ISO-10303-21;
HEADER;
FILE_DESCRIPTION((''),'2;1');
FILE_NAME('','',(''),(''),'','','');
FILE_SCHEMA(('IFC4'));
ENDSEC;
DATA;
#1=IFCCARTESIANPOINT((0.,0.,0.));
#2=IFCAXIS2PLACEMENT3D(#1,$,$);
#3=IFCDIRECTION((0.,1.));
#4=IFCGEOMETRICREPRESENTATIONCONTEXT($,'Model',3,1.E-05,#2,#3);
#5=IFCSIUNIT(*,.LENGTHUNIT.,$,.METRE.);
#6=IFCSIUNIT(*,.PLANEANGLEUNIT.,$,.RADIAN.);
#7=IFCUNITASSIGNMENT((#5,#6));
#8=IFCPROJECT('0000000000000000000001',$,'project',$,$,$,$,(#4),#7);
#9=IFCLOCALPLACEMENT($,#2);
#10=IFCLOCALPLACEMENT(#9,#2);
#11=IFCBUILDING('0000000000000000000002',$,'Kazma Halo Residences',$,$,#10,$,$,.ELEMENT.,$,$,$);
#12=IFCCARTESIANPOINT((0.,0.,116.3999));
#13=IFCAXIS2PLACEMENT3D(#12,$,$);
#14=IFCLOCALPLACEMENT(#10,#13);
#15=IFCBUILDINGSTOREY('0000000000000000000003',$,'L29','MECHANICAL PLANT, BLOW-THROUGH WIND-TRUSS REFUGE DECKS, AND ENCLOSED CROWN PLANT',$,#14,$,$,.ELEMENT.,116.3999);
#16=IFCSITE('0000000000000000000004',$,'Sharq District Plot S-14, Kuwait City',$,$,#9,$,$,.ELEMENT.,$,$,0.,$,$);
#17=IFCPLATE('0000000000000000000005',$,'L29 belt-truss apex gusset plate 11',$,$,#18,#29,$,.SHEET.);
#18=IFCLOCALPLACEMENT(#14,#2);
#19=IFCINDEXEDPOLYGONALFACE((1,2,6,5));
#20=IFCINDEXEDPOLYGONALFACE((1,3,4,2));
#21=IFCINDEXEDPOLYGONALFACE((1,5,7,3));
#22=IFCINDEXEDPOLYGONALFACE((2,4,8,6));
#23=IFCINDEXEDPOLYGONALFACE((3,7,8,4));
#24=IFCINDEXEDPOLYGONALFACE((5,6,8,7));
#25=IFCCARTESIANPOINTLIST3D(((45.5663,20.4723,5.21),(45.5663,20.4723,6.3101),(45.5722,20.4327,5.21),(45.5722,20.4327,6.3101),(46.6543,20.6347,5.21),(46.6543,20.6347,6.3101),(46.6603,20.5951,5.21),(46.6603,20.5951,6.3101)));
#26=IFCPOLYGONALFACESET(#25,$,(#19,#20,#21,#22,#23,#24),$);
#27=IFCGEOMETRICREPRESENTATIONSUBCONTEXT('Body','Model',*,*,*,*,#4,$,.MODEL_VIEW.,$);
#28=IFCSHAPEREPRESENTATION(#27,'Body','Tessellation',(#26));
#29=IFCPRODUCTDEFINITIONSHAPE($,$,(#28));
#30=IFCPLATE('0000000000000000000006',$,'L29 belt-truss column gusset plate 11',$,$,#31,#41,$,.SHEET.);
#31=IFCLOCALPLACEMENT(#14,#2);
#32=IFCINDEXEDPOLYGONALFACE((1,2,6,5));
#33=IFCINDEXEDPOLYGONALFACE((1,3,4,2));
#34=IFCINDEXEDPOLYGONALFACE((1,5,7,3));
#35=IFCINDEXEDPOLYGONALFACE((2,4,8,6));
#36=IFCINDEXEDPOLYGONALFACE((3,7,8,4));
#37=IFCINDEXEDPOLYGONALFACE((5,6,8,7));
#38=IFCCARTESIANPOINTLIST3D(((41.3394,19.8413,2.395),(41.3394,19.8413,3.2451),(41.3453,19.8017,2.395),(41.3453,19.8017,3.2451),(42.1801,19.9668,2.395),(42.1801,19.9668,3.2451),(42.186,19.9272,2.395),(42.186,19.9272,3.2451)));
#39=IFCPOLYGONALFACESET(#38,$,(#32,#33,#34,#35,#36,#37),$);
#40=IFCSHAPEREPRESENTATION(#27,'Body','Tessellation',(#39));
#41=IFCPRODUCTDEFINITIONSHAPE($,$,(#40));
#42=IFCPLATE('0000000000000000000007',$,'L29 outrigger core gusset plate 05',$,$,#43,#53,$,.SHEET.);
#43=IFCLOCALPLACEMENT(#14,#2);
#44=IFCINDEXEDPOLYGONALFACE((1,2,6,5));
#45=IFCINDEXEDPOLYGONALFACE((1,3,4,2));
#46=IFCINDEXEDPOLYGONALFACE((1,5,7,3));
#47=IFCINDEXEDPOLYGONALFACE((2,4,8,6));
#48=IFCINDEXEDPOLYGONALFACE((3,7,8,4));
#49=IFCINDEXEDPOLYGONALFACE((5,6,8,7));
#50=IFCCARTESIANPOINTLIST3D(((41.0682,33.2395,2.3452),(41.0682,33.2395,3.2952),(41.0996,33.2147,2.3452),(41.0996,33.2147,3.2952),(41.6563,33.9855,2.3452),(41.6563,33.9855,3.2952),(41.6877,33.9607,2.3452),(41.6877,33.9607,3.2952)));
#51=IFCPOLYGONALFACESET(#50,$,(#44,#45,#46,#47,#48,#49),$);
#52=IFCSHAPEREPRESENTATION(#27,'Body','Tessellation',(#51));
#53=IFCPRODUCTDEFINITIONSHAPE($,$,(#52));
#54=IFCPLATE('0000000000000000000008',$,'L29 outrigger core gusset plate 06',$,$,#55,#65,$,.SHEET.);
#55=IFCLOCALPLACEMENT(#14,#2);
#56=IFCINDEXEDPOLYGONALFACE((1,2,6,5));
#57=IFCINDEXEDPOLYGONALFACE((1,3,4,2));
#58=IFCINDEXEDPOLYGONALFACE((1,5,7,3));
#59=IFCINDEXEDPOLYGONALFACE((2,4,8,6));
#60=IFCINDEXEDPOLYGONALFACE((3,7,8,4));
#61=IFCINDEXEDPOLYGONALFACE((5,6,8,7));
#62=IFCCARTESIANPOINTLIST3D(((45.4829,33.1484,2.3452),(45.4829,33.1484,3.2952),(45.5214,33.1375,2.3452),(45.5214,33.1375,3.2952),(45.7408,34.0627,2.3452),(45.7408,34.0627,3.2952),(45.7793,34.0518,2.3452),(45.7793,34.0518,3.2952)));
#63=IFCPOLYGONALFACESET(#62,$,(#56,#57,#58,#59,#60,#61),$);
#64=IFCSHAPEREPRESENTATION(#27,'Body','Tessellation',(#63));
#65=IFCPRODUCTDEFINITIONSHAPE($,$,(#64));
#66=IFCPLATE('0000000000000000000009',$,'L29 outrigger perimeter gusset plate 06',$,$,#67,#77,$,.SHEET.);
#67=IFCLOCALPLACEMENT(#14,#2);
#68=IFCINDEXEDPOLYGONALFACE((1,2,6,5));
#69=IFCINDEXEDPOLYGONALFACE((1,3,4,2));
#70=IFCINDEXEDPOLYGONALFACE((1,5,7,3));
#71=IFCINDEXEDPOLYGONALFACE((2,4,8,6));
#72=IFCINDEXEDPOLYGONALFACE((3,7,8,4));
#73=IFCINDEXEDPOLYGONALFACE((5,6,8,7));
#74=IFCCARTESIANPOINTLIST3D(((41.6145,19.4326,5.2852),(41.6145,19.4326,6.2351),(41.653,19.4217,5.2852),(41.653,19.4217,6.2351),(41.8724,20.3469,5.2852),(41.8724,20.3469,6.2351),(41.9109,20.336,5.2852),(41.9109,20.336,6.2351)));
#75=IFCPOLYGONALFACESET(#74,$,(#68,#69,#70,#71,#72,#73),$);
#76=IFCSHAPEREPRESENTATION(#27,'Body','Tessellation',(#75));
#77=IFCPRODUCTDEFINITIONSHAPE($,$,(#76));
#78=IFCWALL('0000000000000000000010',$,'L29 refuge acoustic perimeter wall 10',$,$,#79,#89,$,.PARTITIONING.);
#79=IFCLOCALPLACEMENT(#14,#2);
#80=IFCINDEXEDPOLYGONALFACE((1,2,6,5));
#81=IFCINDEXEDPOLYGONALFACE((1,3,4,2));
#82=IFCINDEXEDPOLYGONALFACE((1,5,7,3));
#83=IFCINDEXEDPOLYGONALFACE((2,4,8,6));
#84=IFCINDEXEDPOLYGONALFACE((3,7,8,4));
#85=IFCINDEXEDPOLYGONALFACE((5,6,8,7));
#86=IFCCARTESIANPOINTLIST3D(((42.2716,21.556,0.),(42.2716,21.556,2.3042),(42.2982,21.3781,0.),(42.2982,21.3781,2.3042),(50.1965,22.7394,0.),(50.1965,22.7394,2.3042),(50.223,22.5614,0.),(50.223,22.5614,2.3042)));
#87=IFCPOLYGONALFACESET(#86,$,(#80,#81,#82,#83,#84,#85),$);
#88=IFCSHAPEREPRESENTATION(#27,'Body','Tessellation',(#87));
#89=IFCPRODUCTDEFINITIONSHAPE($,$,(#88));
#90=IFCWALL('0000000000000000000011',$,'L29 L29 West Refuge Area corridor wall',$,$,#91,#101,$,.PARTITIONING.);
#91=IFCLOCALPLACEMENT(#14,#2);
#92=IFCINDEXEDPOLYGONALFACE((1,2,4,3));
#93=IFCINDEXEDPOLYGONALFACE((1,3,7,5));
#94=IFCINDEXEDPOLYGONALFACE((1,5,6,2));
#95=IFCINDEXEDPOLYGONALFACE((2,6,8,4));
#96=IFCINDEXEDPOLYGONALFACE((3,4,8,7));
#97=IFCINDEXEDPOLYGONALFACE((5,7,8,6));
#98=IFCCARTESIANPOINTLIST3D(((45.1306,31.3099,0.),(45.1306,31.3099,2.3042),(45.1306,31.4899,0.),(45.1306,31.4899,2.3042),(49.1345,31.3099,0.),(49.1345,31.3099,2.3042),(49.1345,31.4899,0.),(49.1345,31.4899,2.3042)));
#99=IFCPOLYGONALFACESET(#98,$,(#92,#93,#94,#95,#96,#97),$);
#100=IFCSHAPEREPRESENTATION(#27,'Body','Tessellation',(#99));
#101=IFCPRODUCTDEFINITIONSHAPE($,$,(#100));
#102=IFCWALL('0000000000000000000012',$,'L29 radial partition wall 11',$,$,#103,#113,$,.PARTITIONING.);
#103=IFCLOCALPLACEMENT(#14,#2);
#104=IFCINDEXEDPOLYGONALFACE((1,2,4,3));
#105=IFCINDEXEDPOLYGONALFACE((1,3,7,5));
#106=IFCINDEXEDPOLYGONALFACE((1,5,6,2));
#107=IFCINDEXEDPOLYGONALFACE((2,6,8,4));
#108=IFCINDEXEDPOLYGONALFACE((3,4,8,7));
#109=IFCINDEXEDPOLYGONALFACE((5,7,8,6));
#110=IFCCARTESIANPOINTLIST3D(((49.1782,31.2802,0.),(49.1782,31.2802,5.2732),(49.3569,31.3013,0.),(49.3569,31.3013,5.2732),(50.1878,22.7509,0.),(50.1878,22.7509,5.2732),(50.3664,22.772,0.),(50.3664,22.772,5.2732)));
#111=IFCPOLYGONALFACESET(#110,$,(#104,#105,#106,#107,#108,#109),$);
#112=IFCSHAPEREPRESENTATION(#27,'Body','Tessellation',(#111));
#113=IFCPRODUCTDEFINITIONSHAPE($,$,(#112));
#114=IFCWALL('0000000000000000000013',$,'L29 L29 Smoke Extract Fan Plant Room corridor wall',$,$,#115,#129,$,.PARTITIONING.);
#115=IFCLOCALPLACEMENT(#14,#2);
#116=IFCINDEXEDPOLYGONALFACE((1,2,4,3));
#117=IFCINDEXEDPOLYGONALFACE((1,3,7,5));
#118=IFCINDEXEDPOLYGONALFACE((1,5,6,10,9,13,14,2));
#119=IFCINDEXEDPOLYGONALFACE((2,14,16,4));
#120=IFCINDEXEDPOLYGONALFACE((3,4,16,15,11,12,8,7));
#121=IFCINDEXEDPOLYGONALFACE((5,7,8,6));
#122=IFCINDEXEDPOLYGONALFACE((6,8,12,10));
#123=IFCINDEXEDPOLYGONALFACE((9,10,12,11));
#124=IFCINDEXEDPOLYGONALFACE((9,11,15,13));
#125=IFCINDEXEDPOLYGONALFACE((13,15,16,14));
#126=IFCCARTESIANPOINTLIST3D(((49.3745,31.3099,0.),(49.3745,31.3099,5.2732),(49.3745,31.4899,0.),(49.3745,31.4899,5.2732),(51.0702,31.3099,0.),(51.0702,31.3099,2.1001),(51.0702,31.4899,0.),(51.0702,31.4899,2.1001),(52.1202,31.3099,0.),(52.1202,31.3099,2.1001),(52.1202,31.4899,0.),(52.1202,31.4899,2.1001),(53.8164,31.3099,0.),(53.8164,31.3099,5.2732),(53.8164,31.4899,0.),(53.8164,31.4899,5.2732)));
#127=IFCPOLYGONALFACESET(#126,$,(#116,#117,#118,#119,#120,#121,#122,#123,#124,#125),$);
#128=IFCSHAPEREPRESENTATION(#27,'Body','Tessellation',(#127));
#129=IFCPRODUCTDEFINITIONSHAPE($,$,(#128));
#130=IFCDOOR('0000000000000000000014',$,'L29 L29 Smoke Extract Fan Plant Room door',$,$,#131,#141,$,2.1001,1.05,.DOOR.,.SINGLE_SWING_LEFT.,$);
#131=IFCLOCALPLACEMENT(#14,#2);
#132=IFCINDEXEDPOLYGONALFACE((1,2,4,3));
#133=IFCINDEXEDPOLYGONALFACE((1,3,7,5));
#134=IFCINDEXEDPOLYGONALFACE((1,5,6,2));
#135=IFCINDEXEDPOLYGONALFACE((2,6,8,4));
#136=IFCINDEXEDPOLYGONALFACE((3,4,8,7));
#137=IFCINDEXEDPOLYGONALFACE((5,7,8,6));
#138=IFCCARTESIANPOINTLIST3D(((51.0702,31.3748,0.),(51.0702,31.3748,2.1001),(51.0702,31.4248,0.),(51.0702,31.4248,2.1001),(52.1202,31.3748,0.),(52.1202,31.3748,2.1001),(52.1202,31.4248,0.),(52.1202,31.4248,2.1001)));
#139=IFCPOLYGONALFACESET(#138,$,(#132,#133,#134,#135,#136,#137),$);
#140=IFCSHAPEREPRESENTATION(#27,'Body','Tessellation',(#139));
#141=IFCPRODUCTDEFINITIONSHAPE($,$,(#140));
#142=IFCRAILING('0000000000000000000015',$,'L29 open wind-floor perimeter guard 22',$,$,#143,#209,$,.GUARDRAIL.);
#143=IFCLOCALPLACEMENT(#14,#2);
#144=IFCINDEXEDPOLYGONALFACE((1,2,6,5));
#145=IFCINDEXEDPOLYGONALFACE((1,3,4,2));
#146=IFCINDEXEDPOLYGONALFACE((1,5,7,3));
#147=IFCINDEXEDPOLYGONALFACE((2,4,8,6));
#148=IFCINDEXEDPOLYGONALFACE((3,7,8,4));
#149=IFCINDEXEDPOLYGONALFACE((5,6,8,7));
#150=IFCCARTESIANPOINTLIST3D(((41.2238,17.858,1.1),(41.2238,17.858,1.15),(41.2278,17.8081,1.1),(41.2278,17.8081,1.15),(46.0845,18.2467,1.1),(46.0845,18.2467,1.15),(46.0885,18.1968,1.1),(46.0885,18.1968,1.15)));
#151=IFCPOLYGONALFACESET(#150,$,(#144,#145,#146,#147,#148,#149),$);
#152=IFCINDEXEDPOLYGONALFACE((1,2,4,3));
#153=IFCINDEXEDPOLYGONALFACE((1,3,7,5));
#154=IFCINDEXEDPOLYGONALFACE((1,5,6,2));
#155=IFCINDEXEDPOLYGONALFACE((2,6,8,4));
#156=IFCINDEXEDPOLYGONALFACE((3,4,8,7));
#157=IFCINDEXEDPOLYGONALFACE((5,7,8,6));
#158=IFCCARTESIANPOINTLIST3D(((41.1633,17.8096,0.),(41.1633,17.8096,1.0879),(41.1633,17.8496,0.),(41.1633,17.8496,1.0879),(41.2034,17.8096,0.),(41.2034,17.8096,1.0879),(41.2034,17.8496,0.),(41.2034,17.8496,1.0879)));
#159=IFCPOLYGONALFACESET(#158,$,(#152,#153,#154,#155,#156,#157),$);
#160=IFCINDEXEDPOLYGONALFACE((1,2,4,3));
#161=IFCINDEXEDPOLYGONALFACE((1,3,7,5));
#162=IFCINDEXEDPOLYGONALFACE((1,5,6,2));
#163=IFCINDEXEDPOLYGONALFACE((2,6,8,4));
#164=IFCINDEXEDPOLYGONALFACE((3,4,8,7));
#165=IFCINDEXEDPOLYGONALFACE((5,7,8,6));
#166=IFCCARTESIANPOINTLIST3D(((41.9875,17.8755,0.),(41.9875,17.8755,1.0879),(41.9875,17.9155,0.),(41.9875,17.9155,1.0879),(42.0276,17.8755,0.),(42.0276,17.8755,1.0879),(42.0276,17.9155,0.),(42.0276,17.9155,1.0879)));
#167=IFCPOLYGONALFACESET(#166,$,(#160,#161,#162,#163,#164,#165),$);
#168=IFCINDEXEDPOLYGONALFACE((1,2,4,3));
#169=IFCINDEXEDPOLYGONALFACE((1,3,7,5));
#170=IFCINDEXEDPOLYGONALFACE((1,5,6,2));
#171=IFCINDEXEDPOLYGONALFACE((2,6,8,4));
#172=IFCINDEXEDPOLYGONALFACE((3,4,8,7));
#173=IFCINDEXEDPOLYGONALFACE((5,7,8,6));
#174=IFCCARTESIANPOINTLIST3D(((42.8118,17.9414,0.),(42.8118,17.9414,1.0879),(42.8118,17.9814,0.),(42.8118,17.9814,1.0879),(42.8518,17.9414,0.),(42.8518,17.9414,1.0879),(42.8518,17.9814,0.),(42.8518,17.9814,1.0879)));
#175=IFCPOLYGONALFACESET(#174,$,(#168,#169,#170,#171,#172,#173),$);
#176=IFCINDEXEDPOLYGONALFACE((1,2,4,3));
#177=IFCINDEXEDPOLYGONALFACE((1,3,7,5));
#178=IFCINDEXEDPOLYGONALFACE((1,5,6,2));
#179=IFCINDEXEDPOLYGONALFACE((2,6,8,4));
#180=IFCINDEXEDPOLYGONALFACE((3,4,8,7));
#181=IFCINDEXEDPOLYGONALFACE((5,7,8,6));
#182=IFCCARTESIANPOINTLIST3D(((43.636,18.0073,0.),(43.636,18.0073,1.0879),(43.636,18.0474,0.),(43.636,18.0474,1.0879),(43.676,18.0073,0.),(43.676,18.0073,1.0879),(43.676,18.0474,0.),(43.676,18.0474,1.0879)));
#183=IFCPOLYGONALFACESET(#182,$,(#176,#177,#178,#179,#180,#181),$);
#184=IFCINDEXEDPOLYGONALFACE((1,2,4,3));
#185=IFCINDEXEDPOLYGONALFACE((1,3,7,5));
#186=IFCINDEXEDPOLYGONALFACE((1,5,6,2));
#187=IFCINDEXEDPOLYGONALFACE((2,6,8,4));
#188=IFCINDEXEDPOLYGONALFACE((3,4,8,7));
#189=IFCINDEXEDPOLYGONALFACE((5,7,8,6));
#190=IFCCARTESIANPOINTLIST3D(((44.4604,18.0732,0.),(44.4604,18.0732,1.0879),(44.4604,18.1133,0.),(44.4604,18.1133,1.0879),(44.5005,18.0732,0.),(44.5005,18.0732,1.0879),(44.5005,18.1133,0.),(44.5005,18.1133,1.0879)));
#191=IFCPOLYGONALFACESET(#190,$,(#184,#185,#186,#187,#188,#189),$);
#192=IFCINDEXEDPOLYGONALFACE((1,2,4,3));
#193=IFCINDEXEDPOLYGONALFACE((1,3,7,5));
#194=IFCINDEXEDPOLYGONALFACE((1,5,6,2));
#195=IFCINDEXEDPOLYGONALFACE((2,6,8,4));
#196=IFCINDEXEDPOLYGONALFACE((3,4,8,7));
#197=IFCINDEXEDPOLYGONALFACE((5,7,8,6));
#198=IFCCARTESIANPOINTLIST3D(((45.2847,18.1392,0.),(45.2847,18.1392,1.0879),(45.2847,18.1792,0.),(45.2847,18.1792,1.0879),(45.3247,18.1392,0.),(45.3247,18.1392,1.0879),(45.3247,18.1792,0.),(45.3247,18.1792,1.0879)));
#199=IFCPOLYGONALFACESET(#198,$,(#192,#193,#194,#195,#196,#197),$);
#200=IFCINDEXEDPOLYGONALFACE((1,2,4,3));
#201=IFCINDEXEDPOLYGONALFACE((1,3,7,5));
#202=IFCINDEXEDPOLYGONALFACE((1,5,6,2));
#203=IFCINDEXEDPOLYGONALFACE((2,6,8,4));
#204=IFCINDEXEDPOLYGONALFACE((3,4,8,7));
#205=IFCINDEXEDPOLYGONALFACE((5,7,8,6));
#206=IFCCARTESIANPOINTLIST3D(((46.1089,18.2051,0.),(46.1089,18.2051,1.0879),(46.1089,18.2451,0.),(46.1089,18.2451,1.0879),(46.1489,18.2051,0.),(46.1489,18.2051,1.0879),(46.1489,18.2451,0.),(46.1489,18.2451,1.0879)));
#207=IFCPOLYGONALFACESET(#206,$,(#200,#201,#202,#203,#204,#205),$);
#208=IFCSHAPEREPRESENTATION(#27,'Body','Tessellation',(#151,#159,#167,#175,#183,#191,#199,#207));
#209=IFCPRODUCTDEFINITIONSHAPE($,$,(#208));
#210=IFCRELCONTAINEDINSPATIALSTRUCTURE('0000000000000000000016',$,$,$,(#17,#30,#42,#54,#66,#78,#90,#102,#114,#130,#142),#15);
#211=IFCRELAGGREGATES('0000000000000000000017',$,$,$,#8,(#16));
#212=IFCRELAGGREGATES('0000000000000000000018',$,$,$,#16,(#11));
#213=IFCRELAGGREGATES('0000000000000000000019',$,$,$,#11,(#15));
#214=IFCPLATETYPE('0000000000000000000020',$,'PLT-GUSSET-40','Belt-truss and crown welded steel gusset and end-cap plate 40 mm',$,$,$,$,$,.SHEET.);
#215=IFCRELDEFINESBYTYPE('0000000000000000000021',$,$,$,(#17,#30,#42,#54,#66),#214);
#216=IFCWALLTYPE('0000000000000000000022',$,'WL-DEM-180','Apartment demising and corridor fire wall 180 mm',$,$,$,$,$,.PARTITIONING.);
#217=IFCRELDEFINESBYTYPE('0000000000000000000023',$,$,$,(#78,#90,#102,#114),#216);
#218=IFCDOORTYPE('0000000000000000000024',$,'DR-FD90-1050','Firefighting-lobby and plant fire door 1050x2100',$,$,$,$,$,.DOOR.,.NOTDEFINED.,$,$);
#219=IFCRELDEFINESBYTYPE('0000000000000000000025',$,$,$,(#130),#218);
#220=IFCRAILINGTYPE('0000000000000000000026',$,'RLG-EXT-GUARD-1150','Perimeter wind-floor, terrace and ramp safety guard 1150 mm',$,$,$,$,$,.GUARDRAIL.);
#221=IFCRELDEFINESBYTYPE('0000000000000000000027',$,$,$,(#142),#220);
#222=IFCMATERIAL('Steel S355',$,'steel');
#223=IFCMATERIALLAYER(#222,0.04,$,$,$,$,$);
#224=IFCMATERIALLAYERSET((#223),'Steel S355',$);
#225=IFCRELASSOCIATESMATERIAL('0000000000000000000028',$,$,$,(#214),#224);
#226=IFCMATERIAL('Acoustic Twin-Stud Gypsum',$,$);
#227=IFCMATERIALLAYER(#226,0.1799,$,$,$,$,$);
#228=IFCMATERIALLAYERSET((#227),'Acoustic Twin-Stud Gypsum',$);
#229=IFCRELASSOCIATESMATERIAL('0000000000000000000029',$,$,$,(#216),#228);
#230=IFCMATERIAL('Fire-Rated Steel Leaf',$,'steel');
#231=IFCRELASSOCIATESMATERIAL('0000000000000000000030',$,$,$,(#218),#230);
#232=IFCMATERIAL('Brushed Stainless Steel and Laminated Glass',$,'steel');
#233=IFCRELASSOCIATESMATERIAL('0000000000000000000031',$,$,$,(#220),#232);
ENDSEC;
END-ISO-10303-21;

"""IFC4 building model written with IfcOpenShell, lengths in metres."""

from ifc_helpers import new_model, si_unit, direction, frame, frame_2d, origin, origin_2d, place, context, subcontext, project, spatial, rectangle, extrude, material, layer, layer_set, type_object, element, fill, save


model = new_model("IFC4")

# Units and contexts
model_context = context("Model", 3, precision=1e-05, world=origin(), true_north=direction((0.0, 1.0)))
body_context = subcontext(model_context, "Body", "Model", "MODEL_VIEW")
ifc_project = project(units=[si_unit("LENGTHUNIT", "METRE"), si_unit("PLANEANGLEUNIT", "RADIAN")], contexts=[model_context])

# Site, building, storey
site_placement = place(None, origin())
site = spatial("IfcSite", under=ifc_project, at=site_placement, Name="Sharq District Plot S-14, Kuwait City", CompositionType="ELEMENT", RefElevation=0.0)
building_placement = place(site_placement, origin())
building = spatial("IfcBuilding", under=site, at=building_placement, Name="Kazma Halo Residences", CompositionType="ELEMENT")
storey_placement = place(building_placement, frame((0.0, 0.0, 116.3999)))
storey = spatial("IfcBuildingStorey", under=building, at=storey_placement, Name="L29", Description="MECHANICAL PLANT, BLOW-THROUGH WIND-TRUSS REFUGE DECKS, AND ENCLOSED CROWN PLANT", CompositionType="ELEMENT", Elevation=116.3999)

# Shared definitions
ifc_material_1 = material(Name="Steel S355", Category="steel")

# Plates
ifc_layer_1 = layer(ifc_material_1, 0.04)
ifc_layer_set_1 = layer_set([ifc_layer_1], Name="Steel S355")
plate_type = type_object("IfcPlateType", Name="PLT-GUSSET-40", Description="Belt-truss and crown welded steel gusset and end-cap plate 40 mm", PredefinedType="SHEET", material=ifc_layer_set_1)
plate_1_placement = place(storey_placement, frame((46.1133, 20.5337, 5.21), z_axis=(0.0, 0.0, 1.0), x_axis=(0.989036, 0.147677, 0.0)))
element("IfcPlate", 1, at=plate_1_placement, inside=storey, type_object=plate_type, Name="L29 belt-truss apex gusset plate 11", PredefinedType="SHEET", context=body_context, shape_type="SweptSolid", body=[
    extrude(rectangle(XDim=1.1001, YDim=0.04, at=origin_2d()), origin(), (0.0, 0.0, 1.0), 1.1001),
])
plate_2_placement = place(storey_placement, frame((41.7627, 19.8843, 2.395), z_axis=(0.0, 0.0, 1.0), x_axis=(0.989036, 0.147677, 0.0)))
element("IfcPlate", 2, at=plate_2_placement, inside=storey, type_object=plate_type, Name="L29 belt-truss column gusset plate 11", PredefinedType="SHEET", context=body_context, shape_type="SweptSolid", body=[
    extrude(rectangle(XDim=0.8501, YDim=0.04, at=origin_2d()), origin(), (0.0, 0.0, 1.0), 0.8501),
])
for number, where, z_axis, x_axis, name in (
    (3, (41.3779, 33.6001, 2.3452), (0.0, 0.0, 1.0), (-0.619092, -0.785319, 0.0), "L29 outrigger core gusset plate 05"),
    (4, (45.6311, 33.6001, 2.3452), (0.0, 0.0, 1.0), (-0.271443, -0.962454, 0.0), "L29 outrigger core gusset plate 06"),
    (5, (41.7627, 19.8843, 5.2852), (0.0, 0.0, 1.0), (-0.271443, -0.962454, 0.0), "L29 outrigger perimeter gusset plate 06"),
):
    element("IfcPlate", number, at=place(storey_placement, frame(where, z_axis=z_axis, x_axis=x_axis)), inside=storey, type_object=plate_type, Name=name, PredefinedType="SHEET", context=body_context, shape_type="SweptSolid", body=[
        extrude(rectangle(XDim=0.95, YDim=0.04, at=origin_2d()), origin(), (0.0, 0.0, 1.0), 0.95),
    ])

# Wall
ifc_material_2 = material(Name="Acoustic Twin-Stud Gypsum")
ifc_layer_2 = layer(ifc_material_2, 0.1799)
ifc_layer_set_2 = layer_set([ifc_layer_2], Name="Acoustic Twin-Stud Gypsum")
wall_type = type_object("IfcWallType", Name="WL-DEM-180", Description="Apartment demising and corridor fire wall 180 mm", PredefinedType="PARTITIONING", material=ifc_layer_set_2)
wall_1_placement = place(storey_placement, frame((42.2849, 21.467, 0.0), z_axis=(0.0, 0.0, 1.0), x_axis=(0.989034, 0.147685, 0.0)))
element("IfcWall", 6, at=wall_1_placement, inside=storey, type_object=wall_type, Name="L29 refuge acoustic perimeter wall 10", PredefinedType="PARTITIONING", context=body_context, shape_type="SweptSolid", body=[
    extrude(rectangle(XDim=8.0127, YDim=0.1799, at=frame_2d((4.0063, 0.0))), origin(), (0.0, 0.0, 1.0), 2.3042),
])

# Walls
wall_2_placement = place(storey_placement, frame((45.1306, 31.3999, 0.0), z_axis=(0.0, 0.0, 1.0), x_axis=(1.0, 0.0, 0.0)))
element("IfcWall", 7, at=wall_2_placement, inside=storey, type_object=wall_type, Name="L29 L29 West Refuge Area corridor wall", PredefinedType="PARTITIONING", context=body_context, shape_type="SweptSolid", body=[
    extrude(rectangle(XDim=4.0039, YDim=0.1799, at=frame_2d((2.002, 0.0))), origin(), (0.0, 0.0, 1.0), 2.3042),
])
wall_3_placement = place(storey_placement, frame((49.2676, 31.2908, 0.0), z_axis=(0.0, 0.0, 1.0), x_axis=(0.117539, -0.993068, 0.0)))
element("IfcWall", 8, at=wall_3_placement, inside=storey, type_object=wall_type, Name="L29 radial partition wall 11", PredefinedType="PARTITIONING", context=body_context, shape_type="SweptSolid", body=[
    extrude(rectangle(XDim=8.5889, YDim=0.1799, at=frame_2d((4.2944, 0.0))), origin(), (0.0, 0.0, 1.0), 5.2732),
])

# Wall, opening, door
wall_4_placement = place(storey_placement, frame((49.3745, 31.3999, 0.0), z_axis=(0.0, 0.0, 1.0), x_axis=(1.0, 0.0, 0.0)))
wall_4 = element("IfcWall", 9, at=wall_4_placement, inside=storey, type_object=wall_type, Name="L29 L29 Smoke Extract Fan Plant Room corridor wall", PredefinedType="PARTITIONING", context=body_context, shape_type="SweptSolid", body=[
    extrude(rectangle(XDim=4.4419, YDim=0.1799, at=frame_2d((2.2209, 0.0))), origin(), (0.0, 0.0, 1.0), 5.2732),
])
opening_1_placement = place(wall_4_placement, frame((1.6958, 0.0, 0.0)))
opening_1 = element("IfcOpeningElement", 10, at=opening_1_placement, cuts=wall_4, PredefinedType="OPENING", context=body_context, shape_type="SweptSolid", body=[
    extrude(rectangle(XDim=1.05, YDim=2.1001, at=frame_2d((0.5249, 1.05))), frame((0.0, 0.0999, 0.0), z_axis=(0.0, -1.0, 0.0), x_axis=(1.0, 0.0, 0.0)), (0.0, 0.0, 1.0), 0.2),
])
ifc_material_3 = material(Name="Fire-Rated Steel Leaf", Category="steel")
door_type_1 = type_object("IfcDoorType", Name="DR-FD90-1050", Description="Firefighting-lobby and plant fire door 1050x2100", OperationType="NOTDEFINED", PredefinedType="DOOR", material=ifc_material_3)
door_1_placement = place(opening_1_placement, origin())
door_1 = element("IfcDoor", 11, at=door_1_placement, inside=storey, type_object=door_type_1, Name="L29 L29 Smoke Extract Fan Plant Room door", OperationType="SINGLE_SWING_LEFT", OverallHeight=2.1001, OverallWidth=1.05, PredefinedType="DOOR", context=body_context, shape_type="SweptSolid", body=[
    extrude(rectangle(XDim=1.05, YDim=2.1001, at=frame_2d((0.5249, 1.05))), frame((0.0, 0.0249, 0.0), z_axis=(0.0, -1.0, 0.0), x_axis=(1.0, 0.0, 0.0)), (0.0, 0.0, 1.0), 0.05),
])
fill(opening_1, door_1)

# Railing
ifc_material_4 = material(Name="Brushed Stainless Steel and Laminated Glass", Category="steel")
railing_type = type_object("IfcRailingType", Name="RLG-EXT-GUARD-1150", Description="Perimeter wind-floor, terrace and ramp safety guard 1150 mm", PredefinedType="GUARDRAIL", material=ifc_material_4)
railing_1_placement = place(storey_placement, frame((41.1833, 17.8296, 0.0)))
element("IfcRailing", 12, at=railing_1_placement, inside=storey, type_object=railing_type, Name="L29 open wind-floor perimeter guard 22", PredefinedType="GUARDRAIL", context=body_context, shape_type="SweptSolid", body=[
    extrude(rectangle(XDim=0.05, YDim=0.05, at=origin_2d()), frame((0.0425, 0.0034, 1.125), z_axis=(0.996817, 0.079718, 0.0), x_axis=(-0.079718, 0.996817, 0.0)), (0.0, 0.0, 1.0), 4.8762),
    extrude(rectangle(XDim=0.04, YDim=0.04, at=origin_2d()), origin(), (0.0, 0.0, 1.0), 1.0879),
    extrude(rectangle(XDim=0.04, YDim=0.04, at=origin_2d()), frame((0.8242, 0.0659, 0.0)), (0.0, 0.0, 1.0), 1.0879),
    extrude(rectangle(XDim=0.04, YDim=0.04, at=origin_2d()), frame((1.6484, 0.1318, 0.0)), (0.0, 0.0, 1.0), 1.0879),
    extrude(rectangle(XDim=0.04, YDim=0.04, at=origin_2d()), frame((2.4727, 0.1978, 0.0)), (0.0, 0.0, 1.0), 1.0879),
    extrude(rectangle(XDim=0.04, YDim=0.04, at=origin_2d()), frame((3.2971, 0.2637, 0.0)), (0.0, 0.0, 1.0), 1.0879),
    extrude(rectangle(XDim=0.04, YDim=0.04, at=origin_2d()), frame((4.1213, 0.3296, 0.0)), (0.0, 0.0, 1.0), 1.0879),
    extrude(rectangle(XDim=0.04, YDim=0.04, at=origin_2d()), frame((4.9456, 0.3955, 0.0)), (0.0, 0.0, 1.0), 1.0879),
])

save(model, "model.ifc")
